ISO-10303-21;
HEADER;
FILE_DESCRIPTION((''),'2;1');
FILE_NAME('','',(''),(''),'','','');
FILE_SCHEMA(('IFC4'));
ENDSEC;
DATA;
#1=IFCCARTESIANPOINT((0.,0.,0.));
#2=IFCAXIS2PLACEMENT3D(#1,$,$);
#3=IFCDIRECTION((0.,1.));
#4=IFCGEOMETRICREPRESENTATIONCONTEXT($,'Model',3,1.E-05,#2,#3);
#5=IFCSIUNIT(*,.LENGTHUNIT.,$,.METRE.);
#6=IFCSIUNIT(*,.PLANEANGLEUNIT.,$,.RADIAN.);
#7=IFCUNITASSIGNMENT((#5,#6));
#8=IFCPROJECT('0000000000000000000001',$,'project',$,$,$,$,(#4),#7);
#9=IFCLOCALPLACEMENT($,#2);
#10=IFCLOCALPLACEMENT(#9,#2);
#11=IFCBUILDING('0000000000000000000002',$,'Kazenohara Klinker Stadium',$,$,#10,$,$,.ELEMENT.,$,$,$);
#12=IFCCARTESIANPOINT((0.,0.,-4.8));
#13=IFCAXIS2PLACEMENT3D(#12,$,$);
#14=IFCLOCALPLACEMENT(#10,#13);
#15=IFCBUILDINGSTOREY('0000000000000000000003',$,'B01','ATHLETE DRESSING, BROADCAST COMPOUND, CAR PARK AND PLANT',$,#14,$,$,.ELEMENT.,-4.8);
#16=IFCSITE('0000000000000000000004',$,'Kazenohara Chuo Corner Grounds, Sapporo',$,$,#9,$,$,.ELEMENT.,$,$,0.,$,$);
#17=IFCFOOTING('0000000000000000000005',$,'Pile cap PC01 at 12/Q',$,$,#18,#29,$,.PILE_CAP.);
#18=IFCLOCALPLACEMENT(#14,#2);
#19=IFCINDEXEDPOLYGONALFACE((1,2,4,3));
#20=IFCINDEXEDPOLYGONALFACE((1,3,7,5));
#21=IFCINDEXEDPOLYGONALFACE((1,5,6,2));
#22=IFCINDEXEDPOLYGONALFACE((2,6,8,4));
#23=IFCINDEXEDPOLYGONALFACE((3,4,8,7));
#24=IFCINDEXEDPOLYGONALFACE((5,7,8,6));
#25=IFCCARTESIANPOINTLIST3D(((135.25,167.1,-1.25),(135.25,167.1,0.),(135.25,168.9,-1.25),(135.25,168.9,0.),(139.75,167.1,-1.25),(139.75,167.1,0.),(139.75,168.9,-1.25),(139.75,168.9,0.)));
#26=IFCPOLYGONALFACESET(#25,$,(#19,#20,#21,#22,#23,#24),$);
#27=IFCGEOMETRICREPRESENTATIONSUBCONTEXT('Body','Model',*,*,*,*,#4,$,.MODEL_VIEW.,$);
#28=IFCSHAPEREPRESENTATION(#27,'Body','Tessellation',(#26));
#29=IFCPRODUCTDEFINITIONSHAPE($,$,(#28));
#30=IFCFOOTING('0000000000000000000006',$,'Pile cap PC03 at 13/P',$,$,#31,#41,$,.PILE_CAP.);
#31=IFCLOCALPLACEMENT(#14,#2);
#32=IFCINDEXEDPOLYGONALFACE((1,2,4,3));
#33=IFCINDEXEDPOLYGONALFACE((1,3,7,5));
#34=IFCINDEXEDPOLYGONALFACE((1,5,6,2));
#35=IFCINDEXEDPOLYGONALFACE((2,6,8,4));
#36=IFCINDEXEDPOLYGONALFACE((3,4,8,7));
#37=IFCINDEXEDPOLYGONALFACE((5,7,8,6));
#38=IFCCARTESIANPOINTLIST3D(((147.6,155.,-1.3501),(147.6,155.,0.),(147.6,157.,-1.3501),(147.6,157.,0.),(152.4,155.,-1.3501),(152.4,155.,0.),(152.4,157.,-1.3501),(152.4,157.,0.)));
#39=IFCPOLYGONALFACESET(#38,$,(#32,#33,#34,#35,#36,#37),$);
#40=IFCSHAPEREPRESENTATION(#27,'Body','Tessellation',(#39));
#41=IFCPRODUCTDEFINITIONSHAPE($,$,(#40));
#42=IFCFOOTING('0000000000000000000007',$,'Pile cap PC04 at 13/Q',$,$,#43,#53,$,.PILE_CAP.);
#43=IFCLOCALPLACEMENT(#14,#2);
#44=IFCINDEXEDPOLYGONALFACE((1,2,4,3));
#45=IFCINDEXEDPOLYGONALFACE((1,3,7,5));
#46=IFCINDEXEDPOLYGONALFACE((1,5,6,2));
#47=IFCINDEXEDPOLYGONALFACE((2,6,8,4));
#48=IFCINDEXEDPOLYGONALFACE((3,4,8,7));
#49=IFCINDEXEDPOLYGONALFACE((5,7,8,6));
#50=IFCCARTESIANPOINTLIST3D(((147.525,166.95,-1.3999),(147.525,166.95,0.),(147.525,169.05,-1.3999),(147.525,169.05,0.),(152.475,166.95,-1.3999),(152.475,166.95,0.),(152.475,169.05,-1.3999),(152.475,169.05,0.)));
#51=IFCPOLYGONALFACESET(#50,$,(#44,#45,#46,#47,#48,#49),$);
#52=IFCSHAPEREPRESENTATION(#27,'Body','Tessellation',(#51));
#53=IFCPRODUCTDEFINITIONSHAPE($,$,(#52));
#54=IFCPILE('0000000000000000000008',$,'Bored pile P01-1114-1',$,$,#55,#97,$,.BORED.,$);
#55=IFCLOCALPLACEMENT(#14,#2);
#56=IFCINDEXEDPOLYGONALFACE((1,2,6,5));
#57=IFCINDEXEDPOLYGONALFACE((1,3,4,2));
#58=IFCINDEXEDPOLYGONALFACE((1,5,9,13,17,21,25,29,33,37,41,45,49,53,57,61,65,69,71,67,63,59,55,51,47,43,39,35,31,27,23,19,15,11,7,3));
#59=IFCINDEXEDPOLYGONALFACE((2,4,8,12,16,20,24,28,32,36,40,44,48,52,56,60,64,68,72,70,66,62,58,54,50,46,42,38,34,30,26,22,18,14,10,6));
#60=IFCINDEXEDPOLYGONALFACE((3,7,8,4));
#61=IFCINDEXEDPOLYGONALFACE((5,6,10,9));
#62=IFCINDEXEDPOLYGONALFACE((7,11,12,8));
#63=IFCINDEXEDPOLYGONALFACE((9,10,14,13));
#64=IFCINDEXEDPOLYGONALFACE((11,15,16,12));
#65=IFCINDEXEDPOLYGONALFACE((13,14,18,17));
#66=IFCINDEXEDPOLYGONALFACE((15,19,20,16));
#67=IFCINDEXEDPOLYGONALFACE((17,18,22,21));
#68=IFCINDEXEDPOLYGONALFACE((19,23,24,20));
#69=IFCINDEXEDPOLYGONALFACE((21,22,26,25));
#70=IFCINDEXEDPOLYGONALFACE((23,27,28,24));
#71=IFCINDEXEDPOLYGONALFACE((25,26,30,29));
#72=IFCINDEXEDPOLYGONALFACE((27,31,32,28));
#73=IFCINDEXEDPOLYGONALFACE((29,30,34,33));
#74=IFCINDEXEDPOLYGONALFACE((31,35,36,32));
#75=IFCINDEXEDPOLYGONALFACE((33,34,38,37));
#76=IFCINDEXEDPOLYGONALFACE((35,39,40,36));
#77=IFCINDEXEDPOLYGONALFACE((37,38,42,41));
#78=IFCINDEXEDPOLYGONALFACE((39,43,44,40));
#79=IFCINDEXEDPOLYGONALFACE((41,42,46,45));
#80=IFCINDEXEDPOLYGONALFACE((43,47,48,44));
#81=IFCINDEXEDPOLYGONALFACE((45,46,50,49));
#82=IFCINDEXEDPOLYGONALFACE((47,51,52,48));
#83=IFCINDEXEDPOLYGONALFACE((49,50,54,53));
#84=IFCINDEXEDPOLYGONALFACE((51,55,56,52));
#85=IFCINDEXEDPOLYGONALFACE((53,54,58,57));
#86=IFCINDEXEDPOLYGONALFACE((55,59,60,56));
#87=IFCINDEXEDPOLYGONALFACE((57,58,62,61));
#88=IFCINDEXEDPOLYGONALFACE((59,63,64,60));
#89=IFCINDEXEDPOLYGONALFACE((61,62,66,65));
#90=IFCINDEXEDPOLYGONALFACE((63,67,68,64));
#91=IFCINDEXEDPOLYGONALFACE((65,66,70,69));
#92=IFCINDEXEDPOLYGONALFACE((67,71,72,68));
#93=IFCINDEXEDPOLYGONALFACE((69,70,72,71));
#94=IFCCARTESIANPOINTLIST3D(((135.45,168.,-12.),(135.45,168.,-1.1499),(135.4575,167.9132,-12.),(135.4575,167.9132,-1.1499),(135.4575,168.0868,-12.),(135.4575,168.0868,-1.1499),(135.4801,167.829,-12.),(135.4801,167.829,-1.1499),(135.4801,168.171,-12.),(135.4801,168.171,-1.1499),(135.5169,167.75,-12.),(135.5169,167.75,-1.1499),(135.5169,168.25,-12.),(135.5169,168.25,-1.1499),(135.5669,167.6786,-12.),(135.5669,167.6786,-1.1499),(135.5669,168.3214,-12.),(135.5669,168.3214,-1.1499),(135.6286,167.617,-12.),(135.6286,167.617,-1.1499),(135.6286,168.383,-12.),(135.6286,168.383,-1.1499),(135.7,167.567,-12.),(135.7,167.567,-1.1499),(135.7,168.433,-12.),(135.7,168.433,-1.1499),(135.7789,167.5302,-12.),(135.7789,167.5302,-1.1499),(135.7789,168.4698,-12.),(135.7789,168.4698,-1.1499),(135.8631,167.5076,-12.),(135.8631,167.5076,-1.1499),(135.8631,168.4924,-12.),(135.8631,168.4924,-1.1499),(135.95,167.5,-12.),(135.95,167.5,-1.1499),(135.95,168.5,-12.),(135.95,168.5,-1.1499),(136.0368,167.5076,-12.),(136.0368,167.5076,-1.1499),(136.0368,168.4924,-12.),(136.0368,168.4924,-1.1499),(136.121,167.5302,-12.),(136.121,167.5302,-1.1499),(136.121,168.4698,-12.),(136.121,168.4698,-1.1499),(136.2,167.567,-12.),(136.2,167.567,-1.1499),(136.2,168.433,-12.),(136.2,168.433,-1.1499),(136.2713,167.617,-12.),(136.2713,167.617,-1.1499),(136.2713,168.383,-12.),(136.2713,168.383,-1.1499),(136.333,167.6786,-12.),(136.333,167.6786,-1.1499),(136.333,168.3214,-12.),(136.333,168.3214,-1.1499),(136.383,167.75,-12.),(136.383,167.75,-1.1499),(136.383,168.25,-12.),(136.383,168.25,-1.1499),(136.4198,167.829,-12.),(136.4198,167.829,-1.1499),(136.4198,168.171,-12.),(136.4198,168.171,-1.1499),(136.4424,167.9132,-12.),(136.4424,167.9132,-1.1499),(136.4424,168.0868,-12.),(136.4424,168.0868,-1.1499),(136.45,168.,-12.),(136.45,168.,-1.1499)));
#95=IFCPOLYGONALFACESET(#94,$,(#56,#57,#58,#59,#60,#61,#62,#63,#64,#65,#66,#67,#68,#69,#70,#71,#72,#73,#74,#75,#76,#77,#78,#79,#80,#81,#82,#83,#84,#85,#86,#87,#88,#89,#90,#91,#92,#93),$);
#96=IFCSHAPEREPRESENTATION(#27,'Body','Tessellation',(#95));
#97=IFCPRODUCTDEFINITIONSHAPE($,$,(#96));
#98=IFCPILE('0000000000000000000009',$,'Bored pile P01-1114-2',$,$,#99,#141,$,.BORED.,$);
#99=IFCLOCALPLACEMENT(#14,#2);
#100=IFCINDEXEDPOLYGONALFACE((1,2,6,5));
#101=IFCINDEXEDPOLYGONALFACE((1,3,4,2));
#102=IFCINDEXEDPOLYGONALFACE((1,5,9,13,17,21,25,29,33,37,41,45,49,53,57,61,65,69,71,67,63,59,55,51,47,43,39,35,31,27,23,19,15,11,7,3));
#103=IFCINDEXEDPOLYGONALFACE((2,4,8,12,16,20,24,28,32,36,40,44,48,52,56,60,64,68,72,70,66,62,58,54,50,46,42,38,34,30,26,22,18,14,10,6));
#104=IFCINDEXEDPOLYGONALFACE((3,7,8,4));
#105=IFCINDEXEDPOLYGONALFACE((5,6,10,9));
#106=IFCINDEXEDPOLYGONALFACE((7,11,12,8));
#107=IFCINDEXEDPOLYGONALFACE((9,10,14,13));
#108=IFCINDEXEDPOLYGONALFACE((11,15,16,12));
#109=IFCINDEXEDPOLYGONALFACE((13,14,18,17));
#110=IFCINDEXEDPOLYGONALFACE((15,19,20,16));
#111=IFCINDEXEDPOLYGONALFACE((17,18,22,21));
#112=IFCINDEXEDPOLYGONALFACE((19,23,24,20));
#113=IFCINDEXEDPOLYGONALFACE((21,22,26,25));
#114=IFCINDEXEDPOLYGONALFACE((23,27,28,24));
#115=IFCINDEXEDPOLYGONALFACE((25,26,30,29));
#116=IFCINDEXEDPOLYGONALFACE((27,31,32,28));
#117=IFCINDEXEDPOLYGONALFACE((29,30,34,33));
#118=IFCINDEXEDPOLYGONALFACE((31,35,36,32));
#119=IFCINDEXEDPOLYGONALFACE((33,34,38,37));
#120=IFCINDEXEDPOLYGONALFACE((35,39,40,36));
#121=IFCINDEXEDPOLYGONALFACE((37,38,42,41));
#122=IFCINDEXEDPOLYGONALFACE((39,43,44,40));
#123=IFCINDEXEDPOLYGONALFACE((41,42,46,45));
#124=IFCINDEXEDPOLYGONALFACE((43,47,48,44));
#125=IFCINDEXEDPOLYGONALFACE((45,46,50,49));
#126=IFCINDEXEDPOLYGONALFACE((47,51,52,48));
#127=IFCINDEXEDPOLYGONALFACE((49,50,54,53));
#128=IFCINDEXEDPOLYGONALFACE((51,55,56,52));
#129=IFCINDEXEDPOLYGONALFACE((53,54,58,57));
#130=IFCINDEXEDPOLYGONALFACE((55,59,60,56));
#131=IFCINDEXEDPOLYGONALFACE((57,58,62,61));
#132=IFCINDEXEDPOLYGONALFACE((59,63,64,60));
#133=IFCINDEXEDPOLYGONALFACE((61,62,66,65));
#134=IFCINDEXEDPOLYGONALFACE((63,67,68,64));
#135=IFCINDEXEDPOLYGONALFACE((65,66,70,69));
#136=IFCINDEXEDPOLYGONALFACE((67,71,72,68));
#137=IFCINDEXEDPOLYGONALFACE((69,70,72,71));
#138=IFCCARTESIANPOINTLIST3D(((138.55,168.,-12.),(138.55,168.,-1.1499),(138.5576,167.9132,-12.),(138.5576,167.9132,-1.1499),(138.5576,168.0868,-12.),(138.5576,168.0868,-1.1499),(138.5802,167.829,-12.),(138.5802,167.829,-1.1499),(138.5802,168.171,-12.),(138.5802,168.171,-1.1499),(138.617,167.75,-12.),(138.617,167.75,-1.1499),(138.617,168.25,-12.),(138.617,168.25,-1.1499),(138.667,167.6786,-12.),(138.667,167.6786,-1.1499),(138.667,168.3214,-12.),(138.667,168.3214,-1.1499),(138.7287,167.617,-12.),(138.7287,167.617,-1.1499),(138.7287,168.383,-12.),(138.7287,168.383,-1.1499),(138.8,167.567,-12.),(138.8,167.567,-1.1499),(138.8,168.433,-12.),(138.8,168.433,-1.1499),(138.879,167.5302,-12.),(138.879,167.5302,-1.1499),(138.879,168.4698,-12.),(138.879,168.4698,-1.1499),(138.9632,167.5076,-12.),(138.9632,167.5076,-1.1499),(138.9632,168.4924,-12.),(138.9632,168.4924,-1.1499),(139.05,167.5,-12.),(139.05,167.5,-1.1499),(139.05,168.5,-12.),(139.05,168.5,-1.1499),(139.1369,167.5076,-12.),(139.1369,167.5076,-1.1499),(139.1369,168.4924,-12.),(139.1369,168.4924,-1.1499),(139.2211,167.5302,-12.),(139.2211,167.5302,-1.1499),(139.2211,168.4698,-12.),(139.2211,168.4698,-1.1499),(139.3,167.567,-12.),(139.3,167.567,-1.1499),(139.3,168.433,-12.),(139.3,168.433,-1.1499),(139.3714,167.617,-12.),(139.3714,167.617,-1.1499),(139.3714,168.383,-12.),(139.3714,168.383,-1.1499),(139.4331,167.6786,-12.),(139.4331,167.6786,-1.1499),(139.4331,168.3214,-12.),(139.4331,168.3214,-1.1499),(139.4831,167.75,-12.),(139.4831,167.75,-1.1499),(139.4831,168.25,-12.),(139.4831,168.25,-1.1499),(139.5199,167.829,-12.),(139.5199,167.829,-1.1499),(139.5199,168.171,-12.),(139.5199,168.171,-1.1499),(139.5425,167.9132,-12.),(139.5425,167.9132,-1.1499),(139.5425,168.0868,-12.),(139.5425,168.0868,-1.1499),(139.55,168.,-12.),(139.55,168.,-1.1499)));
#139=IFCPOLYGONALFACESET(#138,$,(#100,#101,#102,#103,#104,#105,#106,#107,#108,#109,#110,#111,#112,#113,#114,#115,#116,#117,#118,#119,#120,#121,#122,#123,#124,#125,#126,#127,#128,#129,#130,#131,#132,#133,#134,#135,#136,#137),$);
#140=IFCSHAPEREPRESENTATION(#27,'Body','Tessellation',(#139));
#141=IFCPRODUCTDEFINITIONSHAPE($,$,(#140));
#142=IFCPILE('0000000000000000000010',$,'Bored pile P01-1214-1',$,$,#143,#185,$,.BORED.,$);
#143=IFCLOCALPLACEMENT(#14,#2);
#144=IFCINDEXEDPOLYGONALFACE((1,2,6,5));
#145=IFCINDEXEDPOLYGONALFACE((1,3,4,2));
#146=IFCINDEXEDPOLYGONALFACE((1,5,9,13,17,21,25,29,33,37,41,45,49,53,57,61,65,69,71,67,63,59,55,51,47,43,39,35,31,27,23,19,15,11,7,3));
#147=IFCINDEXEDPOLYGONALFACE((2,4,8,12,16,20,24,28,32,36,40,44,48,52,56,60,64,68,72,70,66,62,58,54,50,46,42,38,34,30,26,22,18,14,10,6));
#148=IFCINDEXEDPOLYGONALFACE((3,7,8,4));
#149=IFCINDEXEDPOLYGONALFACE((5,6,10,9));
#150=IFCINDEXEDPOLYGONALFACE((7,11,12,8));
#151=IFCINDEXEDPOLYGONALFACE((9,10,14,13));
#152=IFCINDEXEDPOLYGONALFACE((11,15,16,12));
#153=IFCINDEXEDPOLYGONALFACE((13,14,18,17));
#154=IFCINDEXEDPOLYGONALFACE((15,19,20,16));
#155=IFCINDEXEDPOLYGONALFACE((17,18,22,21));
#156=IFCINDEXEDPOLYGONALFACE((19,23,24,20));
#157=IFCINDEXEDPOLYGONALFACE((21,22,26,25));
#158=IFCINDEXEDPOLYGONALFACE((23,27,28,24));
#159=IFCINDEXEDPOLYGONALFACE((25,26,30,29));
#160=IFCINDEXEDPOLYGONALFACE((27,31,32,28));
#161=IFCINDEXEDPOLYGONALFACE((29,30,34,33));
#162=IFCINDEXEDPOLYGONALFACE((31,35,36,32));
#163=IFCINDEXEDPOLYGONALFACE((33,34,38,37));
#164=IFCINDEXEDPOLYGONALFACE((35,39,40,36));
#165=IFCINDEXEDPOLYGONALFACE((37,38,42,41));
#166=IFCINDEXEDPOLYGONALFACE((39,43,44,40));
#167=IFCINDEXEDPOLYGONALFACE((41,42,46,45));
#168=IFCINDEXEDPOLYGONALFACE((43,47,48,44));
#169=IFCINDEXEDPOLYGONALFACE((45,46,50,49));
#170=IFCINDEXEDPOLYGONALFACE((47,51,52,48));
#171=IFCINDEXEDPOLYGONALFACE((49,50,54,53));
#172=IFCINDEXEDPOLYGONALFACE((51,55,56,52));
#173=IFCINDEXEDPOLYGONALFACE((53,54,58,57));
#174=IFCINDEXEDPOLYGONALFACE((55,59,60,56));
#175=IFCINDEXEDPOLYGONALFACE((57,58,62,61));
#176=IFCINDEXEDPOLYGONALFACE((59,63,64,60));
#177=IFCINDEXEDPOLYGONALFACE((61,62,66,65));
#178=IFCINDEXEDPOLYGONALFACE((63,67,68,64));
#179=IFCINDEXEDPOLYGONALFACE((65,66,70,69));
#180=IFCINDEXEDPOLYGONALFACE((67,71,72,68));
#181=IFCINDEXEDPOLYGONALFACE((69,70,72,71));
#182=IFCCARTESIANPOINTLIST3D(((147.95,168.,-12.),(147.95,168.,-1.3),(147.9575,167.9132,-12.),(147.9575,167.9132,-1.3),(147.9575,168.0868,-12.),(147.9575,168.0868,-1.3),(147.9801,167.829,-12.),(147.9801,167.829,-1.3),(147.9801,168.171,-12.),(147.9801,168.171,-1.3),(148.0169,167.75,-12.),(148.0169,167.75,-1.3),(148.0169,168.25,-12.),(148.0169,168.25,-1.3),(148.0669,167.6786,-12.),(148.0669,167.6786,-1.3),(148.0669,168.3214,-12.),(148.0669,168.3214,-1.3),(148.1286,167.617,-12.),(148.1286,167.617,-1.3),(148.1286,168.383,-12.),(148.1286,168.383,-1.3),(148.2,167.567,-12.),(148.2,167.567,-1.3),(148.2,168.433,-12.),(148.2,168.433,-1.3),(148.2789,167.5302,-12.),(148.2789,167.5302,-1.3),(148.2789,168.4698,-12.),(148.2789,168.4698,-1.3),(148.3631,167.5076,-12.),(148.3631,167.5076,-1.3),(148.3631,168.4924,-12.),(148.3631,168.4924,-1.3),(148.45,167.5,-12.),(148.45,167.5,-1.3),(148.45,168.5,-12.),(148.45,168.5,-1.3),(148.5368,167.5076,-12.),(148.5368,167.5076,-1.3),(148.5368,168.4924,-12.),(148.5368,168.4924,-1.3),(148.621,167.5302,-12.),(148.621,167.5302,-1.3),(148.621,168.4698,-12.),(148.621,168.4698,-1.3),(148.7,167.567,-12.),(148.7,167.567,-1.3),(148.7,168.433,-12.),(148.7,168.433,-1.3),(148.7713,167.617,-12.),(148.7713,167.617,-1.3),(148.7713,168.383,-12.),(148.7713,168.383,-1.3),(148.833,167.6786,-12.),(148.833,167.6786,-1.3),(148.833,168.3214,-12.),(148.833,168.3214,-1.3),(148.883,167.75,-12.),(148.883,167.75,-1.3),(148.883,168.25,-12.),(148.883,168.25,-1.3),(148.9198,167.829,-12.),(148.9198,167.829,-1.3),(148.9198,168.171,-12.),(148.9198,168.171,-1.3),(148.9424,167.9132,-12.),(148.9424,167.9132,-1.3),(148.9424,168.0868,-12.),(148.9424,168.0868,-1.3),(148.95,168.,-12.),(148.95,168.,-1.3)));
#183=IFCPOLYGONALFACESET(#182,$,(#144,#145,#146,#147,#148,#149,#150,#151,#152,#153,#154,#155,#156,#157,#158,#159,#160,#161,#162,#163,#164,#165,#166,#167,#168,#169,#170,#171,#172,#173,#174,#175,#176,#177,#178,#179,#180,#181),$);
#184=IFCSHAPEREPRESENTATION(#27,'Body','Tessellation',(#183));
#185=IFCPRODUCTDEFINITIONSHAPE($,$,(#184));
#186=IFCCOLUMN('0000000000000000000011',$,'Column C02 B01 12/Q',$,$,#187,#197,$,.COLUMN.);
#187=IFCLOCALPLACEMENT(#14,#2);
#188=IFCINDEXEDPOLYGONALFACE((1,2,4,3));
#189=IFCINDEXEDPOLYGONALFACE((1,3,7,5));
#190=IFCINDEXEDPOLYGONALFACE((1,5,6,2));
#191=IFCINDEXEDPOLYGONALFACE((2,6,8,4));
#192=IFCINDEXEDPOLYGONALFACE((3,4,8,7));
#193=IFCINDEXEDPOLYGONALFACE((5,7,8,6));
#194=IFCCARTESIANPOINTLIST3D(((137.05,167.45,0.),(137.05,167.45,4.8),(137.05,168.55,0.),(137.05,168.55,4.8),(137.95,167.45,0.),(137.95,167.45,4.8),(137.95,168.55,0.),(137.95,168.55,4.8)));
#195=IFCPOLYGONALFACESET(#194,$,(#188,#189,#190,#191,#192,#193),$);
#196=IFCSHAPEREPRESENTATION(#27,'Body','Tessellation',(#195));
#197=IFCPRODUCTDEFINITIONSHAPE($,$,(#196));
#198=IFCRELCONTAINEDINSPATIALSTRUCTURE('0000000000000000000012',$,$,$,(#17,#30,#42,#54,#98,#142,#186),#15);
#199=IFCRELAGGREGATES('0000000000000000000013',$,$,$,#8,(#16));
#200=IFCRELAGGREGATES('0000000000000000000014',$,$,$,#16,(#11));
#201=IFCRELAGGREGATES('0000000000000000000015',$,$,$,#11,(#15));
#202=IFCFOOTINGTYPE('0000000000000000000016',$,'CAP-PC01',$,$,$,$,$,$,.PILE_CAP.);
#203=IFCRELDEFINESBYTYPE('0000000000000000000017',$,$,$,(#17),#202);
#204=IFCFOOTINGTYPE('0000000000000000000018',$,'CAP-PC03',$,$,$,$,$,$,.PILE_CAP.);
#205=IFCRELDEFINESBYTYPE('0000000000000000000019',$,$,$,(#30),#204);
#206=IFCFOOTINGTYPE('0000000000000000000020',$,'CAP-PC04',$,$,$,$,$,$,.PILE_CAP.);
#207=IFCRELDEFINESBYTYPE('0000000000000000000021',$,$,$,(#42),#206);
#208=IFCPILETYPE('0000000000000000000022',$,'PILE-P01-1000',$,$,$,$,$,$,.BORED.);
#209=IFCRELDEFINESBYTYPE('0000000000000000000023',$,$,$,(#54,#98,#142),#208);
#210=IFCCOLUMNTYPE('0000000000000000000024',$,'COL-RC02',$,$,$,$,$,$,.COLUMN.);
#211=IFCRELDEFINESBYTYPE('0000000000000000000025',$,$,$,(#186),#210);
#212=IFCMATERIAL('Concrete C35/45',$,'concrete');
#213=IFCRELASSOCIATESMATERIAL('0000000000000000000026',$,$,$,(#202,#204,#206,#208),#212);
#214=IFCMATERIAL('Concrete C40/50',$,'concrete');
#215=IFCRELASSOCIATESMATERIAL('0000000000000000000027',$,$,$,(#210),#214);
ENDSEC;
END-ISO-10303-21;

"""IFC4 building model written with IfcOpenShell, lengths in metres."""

from ifc_helpers import new_model, si_unit, direction, frame, origin, origin_2d, place, context, subcontext, project, spatial, rectangle, circle, extrude, material, material_profile, profile_set, type_object, element, save


model = new_model("IFC4")

# Units and contexts
model_context = context("Model", 3, precision=1e-05, world=origin(), true_north=direction((0.0, 1.0)))
body_context = subcontext(model_context, "Body", "Model", "MODEL_VIEW")
ifc_project = project(units=[si_unit("LENGTHUNIT", "METRE"), si_unit("PLANEANGLEUNIT", "RADIAN")], contexts=[model_context])

# Site, building, storey
site_placement = place(None, origin())
site = spatial("IfcSite", under=ifc_project, at=site_placement, Name="Kazenohara Chuo Corner Grounds, Sapporo", CompositionType="ELEMENT", RefElevation=0.0)
building_placement = place(site_placement, origin())
building = spatial("IfcBuilding", under=site, at=building_placement, Name="Kazenohara Klinker Stadium", CompositionType="ELEMENT")
storey_placement = place(building_placement, frame((0.0, 0.0, -4.8)))
storey = spatial("IfcBuildingStorey", under=building, at=storey_placement, Name="B01", Description="ATHLETE DRESSING, BROADCAST COMPOUND, CAR PARK AND PLANT", CompositionType="ELEMENT", Elevation=-4.8)

# Footings
ifc_material_1 = material(Name="Concrete C35/45", Category="concrete")
footing_type_1 = type_object("IfcFootingType", Name="CAP-PC01", PredefinedType="PILE_CAP", material=ifc_material_1)
footing_1_placement = place(storey_placement, frame((137.5, 168.0, -1.25), z_axis=(0.0, 0.0, 1.0), x_axis=(1.0, 0.0, 0.0)))
element("IfcFooting", 1, at=footing_1_placement, inside=storey, type_object=footing_type_1, Name="Pile cap PC01 at 12/Q", PredefinedType="PILE_CAP", context=body_context, shape_type="SweptSolid", body=[
    extrude(rectangle(XDim=4.5, YDim=1.8, at=origin_2d()), origin(), (0.0, 0.0, 1.0), 1.25),
])
footing_type_2 = type_object("IfcFootingType", Name="CAP-PC03", PredefinedType="PILE_CAP", material=ifc_material_1)
footing_2_placement = place(storey_placement, frame((150.0, 156.0, -1.3501), z_axis=(0.0, 0.0, 1.0), x_axis=(1.0, 0.0, 0.0)))
element("IfcFooting", 2, at=footing_2_placement, inside=storey, type_object=footing_type_2, Name="Pile cap PC03 at 13/P", PredefinedType="PILE_CAP", context=body_context, shape_type="SweptSolid", body=[
    extrude(rectangle(XDim=4.8, YDim=2.0, at=origin_2d()), origin(), (0.0, 0.0, 1.0), 1.3501),
])
footing_type_3 = type_object("IfcFootingType", Name="CAP-PC04", PredefinedType="PILE_CAP", material=ifc_material_1)
footing_3_placement = place(storey_placement, frame((150.0, 168.0, -1.3999), z_axis=(0.0, 0.0, 1.0), x_axis=(1.0, 0.0, 0.0)))
element("IfcFooting", 3, at=footing_3_placement, inside=storey, type_object=footing_type_3, Name="Pile cap PC04 at 13/Q", PredefinedType="PILE_CAP", context=body_context, shape_type="SweptSolid", body=[
    extrude(rectangle(XDim=4.95, YDim=2.1001, at=origin_2d()), origin(), (0.0, 0.0, 1.0), 1.3999),
])

# Piles
ifc_material_profile_1 = material_profile(ifc_material_1, circle(Radius=0.5, at=origin_2d()), Name="BORED-PILE-1000")
ifc_profile_set_1 = profile_set([ifc_material_profile_1], Name="Concrete C35/45")
pile_type = type_object("IfcPileType", Name="PILE-P01-1000", PredefinedType="BORED", material=ifc_profile_set_1)
for number, where, z_axis, x_axis, name in (
    (4, (135.95, 168.0, -1.1499), (0.0, 0.0, -1.0), (1.0, 0.0, 0.0), "Bored pile P01-1114-1"),
    (5, (139.05, 168.0, -1.1499), (0.0, 0.0, -1.0), (1.0, 0.0, 0.0), "Bored pile P01-1114-2"),
):
    element("IfcPile", number, at=place(storey_placement, frame(where, z_axis=z_axis, x_axis=x_axis)), inside=storey, type_object=pile_type, Name=name, PredefinedType="BORED", context=body_context, shape_type="SweptSolid", body=[
        extrude(circle(Radius=0.5, at=origin_2d()), origin(), (0.0, 0.0, 1.0), 10.8501),
    ])
pile_placement = place(storey_placement, frame((148.45, 168.0, -1.3), z_axis=(0.0, 0.0, -1.0), x_axis=(1.0, 0.0, 0.0)))
element("IfcPile", 6, at=pile_placement, inside=storey, type_object=pile_type, Name="Bored pile P01-1214-1", PredefinedType="BORED", context=body_context, shape_type="SweptSolid", body=[
    extrude(circle(Radius=0.5, at=origin_2d()), origin(), (0.0, 0.0, 1.0), 10.7),
])

# Column
ifc_material_2 = material(Name="Concrete C40/50", Category="concrete")
ifc_material_profile_2 = material_profile(ifc_material_2, rectangle(XDim=0.8999, YDim=1.1001, at=origin_2d()), Name="RC-COL-1100x900")
ifc_profile_set_2 = profile_set([ifc_material_profile_2], Name="Concrete C40/50")
column_type_1 = type_object("IfcColumnType", Name="COL-RC02", PredefinedType="COLUMN", material=ifc_profile_set_2)
for number, where, z_axis, x_axis, name in (
    (7, (137.5, 168.0, 0.0), (0.0, 0.0, 1.0), (1.0, 0.0, 0.0), "Column C02 B01 12/Q"),
):
    element("IfcColumn", number, at=place(storey_placement, frame(where, z_axis=z_axis, x_axis=x_axis)), inside=storey, type_object=column_type_1, Name=name, PredefinedType="COLUMN", context=body_context, shape_type="SweptSolid", body=[
        extrude(rectangle(XDim=0.8999, YDim=1.1001, at=origin_2d()), origin(), (0.0, 0.0, 1.0), 4.8),
    ])

save(model, "model.ifc")
